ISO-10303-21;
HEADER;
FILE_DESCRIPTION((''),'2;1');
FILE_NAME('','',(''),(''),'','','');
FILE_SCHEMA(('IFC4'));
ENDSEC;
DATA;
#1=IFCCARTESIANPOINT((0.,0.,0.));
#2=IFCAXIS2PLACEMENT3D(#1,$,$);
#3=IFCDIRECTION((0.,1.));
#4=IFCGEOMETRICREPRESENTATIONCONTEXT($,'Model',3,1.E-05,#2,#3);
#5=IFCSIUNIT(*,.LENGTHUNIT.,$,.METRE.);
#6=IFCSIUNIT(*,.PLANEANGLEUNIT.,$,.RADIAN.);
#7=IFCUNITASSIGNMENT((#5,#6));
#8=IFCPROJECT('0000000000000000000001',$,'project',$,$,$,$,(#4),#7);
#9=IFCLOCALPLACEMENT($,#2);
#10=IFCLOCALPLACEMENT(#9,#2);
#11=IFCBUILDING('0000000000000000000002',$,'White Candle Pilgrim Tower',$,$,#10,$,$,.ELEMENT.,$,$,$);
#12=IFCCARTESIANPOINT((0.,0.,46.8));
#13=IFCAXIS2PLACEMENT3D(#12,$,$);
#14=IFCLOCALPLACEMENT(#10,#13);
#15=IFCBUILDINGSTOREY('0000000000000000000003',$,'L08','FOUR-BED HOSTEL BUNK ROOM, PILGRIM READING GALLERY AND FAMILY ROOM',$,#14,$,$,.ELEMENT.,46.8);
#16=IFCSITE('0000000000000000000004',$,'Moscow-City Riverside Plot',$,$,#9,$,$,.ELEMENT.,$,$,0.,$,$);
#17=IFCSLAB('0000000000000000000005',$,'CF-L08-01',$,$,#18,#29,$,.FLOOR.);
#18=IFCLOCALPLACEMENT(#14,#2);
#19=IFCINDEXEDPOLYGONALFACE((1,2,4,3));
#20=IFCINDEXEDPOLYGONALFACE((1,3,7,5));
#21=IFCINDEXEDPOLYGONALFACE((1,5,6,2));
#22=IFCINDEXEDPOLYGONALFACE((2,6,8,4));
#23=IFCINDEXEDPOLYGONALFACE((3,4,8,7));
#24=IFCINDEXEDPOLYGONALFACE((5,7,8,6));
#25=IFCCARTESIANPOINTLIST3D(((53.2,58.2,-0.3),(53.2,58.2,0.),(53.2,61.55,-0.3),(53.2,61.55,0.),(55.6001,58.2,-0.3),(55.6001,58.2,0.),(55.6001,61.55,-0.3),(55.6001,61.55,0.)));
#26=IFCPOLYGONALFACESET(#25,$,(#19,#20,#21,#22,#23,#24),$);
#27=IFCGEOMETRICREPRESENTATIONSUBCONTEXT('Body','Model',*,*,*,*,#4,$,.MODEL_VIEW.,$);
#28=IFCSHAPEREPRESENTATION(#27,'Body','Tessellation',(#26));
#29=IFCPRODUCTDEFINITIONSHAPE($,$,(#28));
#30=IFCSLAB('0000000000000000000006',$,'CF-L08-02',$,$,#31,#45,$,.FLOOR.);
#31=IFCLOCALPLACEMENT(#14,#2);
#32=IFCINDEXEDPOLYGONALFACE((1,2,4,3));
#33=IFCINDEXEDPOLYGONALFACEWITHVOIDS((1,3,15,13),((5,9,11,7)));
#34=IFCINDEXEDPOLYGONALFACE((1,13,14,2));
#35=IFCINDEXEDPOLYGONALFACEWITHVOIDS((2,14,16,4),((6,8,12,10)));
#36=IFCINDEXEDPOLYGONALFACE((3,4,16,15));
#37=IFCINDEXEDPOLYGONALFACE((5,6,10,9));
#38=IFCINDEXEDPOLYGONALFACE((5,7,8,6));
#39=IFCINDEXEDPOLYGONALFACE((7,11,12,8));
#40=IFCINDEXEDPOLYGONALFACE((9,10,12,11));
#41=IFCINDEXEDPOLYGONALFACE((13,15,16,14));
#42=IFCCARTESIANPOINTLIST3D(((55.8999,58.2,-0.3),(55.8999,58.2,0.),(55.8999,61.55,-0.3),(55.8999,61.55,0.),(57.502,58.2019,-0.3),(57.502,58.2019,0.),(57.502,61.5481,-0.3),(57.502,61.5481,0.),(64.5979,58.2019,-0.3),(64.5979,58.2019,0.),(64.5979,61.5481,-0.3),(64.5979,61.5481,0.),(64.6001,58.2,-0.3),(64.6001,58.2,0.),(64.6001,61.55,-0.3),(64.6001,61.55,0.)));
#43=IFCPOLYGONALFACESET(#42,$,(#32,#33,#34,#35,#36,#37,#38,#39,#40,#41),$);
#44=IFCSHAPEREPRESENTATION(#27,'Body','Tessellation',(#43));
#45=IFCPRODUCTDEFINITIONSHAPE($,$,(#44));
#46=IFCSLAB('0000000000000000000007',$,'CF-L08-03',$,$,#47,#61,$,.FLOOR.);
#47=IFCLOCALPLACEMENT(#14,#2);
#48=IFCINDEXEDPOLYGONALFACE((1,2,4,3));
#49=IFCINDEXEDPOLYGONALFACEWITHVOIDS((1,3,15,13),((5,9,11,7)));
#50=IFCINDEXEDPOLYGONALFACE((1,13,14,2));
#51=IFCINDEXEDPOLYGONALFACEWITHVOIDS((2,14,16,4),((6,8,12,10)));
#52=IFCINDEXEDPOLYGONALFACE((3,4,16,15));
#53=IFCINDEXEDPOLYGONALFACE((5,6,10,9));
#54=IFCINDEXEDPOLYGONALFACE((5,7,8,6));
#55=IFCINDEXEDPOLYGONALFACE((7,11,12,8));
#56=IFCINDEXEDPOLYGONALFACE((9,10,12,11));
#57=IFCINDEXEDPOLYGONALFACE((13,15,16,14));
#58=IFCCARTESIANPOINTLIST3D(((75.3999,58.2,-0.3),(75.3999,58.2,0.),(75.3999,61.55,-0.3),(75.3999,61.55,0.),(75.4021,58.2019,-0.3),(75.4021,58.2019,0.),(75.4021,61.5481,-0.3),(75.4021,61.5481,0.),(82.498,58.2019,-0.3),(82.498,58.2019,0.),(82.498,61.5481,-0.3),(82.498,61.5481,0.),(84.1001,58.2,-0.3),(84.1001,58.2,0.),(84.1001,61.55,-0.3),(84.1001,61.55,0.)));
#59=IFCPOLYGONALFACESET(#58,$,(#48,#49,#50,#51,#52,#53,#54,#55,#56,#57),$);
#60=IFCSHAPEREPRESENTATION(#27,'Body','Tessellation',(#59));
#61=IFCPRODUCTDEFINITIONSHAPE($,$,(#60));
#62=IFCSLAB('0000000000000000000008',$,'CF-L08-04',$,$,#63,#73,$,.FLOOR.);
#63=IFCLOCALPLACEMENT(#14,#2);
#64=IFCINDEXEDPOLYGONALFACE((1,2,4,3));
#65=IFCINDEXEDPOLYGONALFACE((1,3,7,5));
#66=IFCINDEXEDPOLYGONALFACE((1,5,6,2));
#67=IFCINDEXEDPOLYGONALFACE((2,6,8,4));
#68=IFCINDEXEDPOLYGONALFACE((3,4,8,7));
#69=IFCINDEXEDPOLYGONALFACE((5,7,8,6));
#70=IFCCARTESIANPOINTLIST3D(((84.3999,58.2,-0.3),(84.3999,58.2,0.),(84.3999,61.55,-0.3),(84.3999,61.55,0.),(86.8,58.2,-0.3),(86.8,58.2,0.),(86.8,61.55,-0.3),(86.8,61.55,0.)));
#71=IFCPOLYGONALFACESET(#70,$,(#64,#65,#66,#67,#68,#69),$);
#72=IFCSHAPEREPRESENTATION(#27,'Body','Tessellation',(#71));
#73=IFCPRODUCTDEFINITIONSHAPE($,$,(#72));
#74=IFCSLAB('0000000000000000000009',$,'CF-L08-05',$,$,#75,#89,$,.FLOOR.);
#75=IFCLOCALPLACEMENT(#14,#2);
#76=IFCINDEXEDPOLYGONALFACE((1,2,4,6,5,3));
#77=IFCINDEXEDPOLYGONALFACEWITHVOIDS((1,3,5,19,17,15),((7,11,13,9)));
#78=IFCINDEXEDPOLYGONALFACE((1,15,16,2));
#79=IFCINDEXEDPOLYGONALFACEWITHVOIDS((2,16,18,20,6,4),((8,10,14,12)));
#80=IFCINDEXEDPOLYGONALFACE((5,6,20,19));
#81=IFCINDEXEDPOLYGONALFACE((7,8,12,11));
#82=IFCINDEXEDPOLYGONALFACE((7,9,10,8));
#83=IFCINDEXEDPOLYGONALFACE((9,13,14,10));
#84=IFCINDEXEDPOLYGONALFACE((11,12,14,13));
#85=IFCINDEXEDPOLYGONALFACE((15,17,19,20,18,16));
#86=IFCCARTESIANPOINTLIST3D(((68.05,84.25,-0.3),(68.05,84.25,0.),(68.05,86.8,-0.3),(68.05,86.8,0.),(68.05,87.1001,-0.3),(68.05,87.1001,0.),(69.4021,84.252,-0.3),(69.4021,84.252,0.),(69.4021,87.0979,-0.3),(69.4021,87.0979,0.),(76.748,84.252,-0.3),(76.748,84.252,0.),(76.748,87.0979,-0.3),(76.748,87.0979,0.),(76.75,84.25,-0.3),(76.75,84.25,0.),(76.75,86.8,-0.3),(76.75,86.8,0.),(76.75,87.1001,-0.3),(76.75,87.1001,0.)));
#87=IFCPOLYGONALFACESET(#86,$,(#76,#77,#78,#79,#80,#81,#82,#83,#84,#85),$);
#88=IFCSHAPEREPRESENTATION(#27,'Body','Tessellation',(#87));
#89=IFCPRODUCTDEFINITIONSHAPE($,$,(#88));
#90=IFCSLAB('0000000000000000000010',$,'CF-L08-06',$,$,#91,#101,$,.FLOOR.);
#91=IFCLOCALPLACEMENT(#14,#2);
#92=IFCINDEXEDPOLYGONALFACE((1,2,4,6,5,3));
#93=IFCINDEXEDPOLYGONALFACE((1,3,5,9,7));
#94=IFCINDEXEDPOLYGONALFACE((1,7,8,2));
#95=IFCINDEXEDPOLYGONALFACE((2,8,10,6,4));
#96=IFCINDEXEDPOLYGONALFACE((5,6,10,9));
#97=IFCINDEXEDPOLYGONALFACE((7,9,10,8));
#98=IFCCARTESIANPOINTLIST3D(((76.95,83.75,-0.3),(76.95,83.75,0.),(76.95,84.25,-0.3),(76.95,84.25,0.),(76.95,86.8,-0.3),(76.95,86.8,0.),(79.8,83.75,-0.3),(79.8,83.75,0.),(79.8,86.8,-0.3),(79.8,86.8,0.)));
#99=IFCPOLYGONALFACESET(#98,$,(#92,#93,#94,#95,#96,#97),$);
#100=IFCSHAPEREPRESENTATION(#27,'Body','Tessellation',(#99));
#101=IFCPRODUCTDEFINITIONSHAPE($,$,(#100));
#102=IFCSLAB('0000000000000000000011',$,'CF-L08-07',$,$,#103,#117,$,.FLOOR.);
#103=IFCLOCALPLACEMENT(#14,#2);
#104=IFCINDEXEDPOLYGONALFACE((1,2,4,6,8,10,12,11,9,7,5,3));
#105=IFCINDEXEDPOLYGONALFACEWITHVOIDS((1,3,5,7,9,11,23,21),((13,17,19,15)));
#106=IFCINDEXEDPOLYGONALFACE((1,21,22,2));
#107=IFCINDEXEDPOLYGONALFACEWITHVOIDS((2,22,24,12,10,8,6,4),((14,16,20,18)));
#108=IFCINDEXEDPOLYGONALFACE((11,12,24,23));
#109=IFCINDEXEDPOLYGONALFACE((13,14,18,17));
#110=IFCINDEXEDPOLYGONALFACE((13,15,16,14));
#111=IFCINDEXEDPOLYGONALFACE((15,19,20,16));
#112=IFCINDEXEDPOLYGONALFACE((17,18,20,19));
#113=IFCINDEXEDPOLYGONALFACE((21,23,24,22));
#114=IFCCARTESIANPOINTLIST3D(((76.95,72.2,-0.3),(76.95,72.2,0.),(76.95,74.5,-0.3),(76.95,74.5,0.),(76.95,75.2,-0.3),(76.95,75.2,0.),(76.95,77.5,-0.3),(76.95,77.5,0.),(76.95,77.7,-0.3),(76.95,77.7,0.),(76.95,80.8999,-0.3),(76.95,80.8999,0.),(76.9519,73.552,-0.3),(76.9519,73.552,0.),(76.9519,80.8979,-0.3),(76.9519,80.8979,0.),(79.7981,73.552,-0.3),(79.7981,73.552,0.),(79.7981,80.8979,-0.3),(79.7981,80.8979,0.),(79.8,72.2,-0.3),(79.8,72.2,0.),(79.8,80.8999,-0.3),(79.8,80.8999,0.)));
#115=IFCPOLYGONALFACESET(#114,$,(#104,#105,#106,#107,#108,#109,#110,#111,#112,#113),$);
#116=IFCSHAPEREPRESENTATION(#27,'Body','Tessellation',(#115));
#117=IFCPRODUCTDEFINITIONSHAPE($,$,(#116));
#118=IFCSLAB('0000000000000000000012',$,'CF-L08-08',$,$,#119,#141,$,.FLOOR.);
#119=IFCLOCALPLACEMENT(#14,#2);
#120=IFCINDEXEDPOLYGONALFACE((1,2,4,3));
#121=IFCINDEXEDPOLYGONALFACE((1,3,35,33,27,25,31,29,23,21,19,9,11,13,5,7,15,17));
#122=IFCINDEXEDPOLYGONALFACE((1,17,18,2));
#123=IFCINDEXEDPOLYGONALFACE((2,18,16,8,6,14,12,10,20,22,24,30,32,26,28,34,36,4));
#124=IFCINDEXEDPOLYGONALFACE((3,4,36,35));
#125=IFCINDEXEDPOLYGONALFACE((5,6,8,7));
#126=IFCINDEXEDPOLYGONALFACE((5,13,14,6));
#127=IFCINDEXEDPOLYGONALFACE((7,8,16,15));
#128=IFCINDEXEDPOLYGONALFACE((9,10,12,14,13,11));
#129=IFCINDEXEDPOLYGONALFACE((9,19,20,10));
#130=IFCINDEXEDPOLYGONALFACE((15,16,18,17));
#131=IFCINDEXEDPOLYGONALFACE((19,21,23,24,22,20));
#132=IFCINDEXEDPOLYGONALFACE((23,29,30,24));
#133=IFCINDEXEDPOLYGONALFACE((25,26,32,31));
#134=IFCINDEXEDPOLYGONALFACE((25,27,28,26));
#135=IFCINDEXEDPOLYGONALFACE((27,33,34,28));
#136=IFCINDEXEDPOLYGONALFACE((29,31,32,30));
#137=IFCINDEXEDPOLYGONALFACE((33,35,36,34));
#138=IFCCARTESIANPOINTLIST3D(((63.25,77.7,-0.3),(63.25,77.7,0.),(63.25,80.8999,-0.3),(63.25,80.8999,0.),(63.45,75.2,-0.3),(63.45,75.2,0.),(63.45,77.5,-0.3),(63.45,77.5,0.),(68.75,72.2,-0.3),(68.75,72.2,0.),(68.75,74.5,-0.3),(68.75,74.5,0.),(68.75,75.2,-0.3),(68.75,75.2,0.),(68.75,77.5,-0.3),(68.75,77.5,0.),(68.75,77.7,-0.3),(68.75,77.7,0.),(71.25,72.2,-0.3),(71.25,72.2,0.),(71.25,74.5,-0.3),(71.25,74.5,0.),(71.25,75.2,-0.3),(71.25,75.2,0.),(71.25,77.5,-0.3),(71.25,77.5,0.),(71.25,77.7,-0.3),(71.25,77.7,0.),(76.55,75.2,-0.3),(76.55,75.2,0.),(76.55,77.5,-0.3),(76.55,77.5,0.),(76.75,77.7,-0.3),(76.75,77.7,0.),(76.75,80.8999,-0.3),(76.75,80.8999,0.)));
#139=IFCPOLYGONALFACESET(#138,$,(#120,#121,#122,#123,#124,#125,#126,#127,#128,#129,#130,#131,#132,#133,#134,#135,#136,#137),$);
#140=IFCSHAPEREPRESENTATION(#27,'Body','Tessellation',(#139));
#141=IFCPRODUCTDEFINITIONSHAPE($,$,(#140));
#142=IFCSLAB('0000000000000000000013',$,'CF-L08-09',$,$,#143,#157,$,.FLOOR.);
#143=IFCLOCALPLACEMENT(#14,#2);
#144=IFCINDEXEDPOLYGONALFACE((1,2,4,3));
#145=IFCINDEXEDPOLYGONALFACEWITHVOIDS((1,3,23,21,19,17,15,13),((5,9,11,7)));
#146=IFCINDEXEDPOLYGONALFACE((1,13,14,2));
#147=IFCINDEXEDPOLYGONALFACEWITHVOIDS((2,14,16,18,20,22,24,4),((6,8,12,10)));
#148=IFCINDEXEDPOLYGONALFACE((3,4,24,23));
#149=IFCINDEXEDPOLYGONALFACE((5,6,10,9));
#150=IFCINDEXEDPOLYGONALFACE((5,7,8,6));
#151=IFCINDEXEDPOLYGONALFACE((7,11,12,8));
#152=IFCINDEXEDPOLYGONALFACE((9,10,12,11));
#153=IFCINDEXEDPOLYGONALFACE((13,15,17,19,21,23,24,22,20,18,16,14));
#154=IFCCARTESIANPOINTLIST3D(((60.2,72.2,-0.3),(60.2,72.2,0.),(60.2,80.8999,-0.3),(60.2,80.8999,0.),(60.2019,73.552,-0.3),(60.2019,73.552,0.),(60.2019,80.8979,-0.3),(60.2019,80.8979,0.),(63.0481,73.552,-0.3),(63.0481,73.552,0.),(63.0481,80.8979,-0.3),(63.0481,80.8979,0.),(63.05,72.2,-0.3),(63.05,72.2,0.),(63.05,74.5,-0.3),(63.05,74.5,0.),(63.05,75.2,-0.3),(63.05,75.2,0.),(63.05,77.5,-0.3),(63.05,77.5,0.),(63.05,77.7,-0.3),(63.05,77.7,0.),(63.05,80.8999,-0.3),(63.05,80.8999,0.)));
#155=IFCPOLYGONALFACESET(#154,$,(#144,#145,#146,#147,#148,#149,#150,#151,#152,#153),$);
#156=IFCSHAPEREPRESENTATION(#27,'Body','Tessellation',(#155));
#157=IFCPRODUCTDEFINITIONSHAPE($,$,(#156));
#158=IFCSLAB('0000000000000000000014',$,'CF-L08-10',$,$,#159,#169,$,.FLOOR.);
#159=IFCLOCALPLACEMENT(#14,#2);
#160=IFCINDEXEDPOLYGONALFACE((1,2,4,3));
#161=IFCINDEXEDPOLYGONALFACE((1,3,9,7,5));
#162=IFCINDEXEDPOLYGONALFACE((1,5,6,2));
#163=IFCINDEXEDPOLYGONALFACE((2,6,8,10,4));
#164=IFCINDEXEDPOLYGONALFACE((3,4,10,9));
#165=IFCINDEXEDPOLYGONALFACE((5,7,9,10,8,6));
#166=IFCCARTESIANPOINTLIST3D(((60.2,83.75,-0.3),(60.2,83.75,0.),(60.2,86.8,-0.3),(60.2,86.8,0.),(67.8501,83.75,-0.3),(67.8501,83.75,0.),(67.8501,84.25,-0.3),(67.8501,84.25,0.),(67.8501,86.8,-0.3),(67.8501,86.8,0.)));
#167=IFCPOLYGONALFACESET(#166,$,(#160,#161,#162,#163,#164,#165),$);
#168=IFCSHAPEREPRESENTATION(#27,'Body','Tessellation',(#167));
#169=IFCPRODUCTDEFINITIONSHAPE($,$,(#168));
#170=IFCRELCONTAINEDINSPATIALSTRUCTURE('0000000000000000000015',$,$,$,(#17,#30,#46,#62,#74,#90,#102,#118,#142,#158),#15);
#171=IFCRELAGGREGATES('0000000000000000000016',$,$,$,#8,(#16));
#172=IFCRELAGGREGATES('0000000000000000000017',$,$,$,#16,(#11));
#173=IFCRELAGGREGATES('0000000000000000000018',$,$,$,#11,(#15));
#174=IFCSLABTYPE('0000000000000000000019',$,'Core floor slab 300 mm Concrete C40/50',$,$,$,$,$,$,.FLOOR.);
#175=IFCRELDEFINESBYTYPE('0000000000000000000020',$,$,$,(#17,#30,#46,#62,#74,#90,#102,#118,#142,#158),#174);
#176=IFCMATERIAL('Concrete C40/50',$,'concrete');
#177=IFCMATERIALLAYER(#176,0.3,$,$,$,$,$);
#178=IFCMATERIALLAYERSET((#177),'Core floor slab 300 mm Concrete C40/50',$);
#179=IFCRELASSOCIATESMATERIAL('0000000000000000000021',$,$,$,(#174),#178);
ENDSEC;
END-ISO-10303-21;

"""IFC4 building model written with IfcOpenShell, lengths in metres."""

from ifc_helpers import new_model, si_unit, direction, frame, origin, place, context, subcontext, project, spatial, polyline, outline, extrude, material, layer, layer_set, type_object, element, save


model = new_model("IFC4")

# Units and contexts
model_context = context("Model", 3, precision=1e-05, world=origin(), true_north=direction((0.0, 1.0)))
body_context = subcontext(model_context, "Body", "Model", "MODEL_VIEW")
ifc_project = project(units=[si_unit("LENGTHUNIT", "METRE"), si_unit("PLANEANGLEUNIT", "RADIAN")], contexts=[model_context])

# Site, building, storey
site_placement = place(None, origin())
site = spatial("IfcSite", under=ifc_project, at=site_placement, Name="Moscow-City Riverside Plot", CompositionType="ELEMENT", RefElevation=0.0)
building_placement = place(site_placement, origin())
building = spatial("IfcBuilding", under=site, at=building_placement, Name="White Candle Pilgrim Tower", CompositionType="ELEMENT")
storey_placement = place(building_placement, frame((0.0, 0.0, 46.8)))
storey = spatial("IfcBuildingStorey", under=building, at=storey_placement, Name="L08", Description="FOUR-BED HOSTEL BUNK ROOM, PILGRIM READING GALLERY AND FAMILY ROOM", CompositionType="ELEMENT", Elevation=46.8)

# Slabs
ifc_material = material(Name="Concrete C40/50", Category="concrete")
ifc_layer_1 = layer(ifc_material, 0.3)
ifc_layer_set_1 = layer_set([ifc_layer_1], Name="Core floor slab 300 mm Concrete C40/50")
slab_type_1 = type_object("IfcSlabType", Name="Core floor slab 300 mm Concrete C40/50", PredefinedType="FLOOR", material=ifc_layer_set_1)
slab_1_placement = place(storey_placement, frame((0.0, 0.0, -0.3)))
element("IfcSlab", 1, at=slab_1_placement, inside=storey, type_object=slab_type_1, Name="CF-L08-01", PredefinedType="FLOOR", context=body_context, shape_type="SweptSolid", body=[
    extrude(outline(polyline([(55.6001, 58.2), (53.2, 58.2), (53.2, 61.55), (55.6001, 61.55), (55.6001, 58.2)])), origin(), (0.0, 0.0, 1.0), 0.3),
])
slab_2_placement = place(storey_placement, frame((0.0, 0.0, -0.3)))
element("IfcSlab", 2, at=slab_2_placement, inside=storey, type_object=slab_type_1, Name="CF-L08-02", PredefinedType="FLOOR", context=body_context, shape_type="SweptSolid", body=[
    extrude(outline(polyline([(55.8999, 58.2), (55.8999, 61.55), (64.6001, 61.55), (64.6001, 58.2), (55.8999, 58.2)]), holes=[polyline([(57.502, 61.5481), (57.502, 58.2019), (64.5979, 58.2019), (64.5979, 61.5481), (57.502, 61.5481)])]), origin(), (0.0, 0.0, 1.0), 0.3),
])
slab_3_placement = place(storey_placement, frame((0.0, 0.0, -0.3)))
element("IfcSlab", 3, at=slab_3_placement, inside=storey, type_object=slab_type_1, Name="CF-L08-03", PredefinedType="FLOOR", context=body_context, shape_type="SweptSolid", body=[
    extrude(outline(polyline([(75.3999, 58.2), (75.3999, 61.55), (84.1001, 61.55), (84.1001, 58.2), (75.3999, 58.2)]), holes=[polyline([(82.498, 58.2019), (82.498, 61.5481), (75.4021, 61.5481), (75.4021, 58.2019), (82.498, 58.2019)])]), origin(), (0.0, 0.0, 1.0), 0.3),
])
slab_4_placement = place(storey_placement, frame((0.0, 0.0, -0.3)))
element("IfcSlab", 4, at=slab_4_placement, inside=storey, type_object=slab_type_1, Name="CF-L08-04", PredefinedType="FLOOR", context=body_context, shape_type="SweptSolid", body=[
    extrude(outline(polyline([(86.8, 58.2), (84.3999, 58.2), (84.3999, 61.55), (86.8, 61.55), (86.8, 58.2)])), origin(), (0.0, 0.0, 1.0), 0.3),
])
slab_5_placement = place(storey_placement, frame((0.0, 0.0, -0.3)))
element("IfcSlab", 5, at=slab_5_placement, inside=storey, type_object=slab_type_1, Name="CF-L08-05", PredefinedType="FLOOR", context=body_context, shape_type="SweptSolid", body=[
    extrude(outline(polyline([(76.75, 87.1001), (76.75, 86.8), (76.75, 84.25), (68.05, 84.25), (68.05, 86.8), (68.05, 87.1001), (76.75, 87.1001)]), holes=[polyline([(69.4021, 87.0979), (69.4021, 84.252), (76.748, 84.252), (76.748, 87.0979), (69.4021, 87.0979)])]), origin(), (0.0, 0.0, 1.0), 0.3),
])
slab_6_placement = place(storey_placement, frame((0.0, 0.0, -0.3)))
element("IfcSlab", 6, at=slab_6_placement, inside=storey, type_object=slab_type_1, Name="CF-L08-06", PredefinedType="FLOOR", context=body_context, shape_type="SweptSolid", body=[
    extrude(outline(polyline([(79.8, 86.8), (79.8, 83.75), (76.95, 83.75), (76.95, 84.25), (76.95, 86.8), (79.8, 86.8)])), origin(), (0.0, 0.0, 1.0), 0.3),
])
slab_7_placement = place(storey_placement, frame((0.0, 0.0, -0.3)))
element("IfcSlab", 7, at=slab_7_placement, inside=storey, type_object=slab_type_1, Name="CF-L08-07", PredefinedType="FLOOR", context=body_context, shape_type="SweptSolid", body=[
    extrude(outline(polyline([(79.8, 72.2), (76.95, 72.2), (76.95, 74.5), (76.95, 75.2), (76.95, 77.5), (76.95, 77.7), (76.95, 80.8999), (79.8, 80.8999), (79.8, 72.2)]), holes=[polyline([(76.9519, 73.552), (79.7981, 73.552), (79.7981, 80.8979), (76.9519, 80.8979), (76.9519, 73.552)])]), origin(), (0.0, 0.0, 1.0), 0.3),
])
slab_8_placement = place(storey_placement, frame((0.0, 0.0, -0.3)))
element("IfcSlab", 8, at=slab_8_placement, inside=storey, type_object=slab_type_1, Name="CF-L08-08", PredefinedType="FLOOR", context=body_context, shape_type="SweptSolid", body=[
    extrude(outline(polyline([(68.75, 72.2), (68.75, 74.5), (68.75, 75.2), (63.45, 75.2), (63.45, 77.5), (68.75, 77.5), (68.75, 77.7), (63.25, 77.7), (63.25, 80.8999), (76.75, 80.8999), (76.75, 77.7), (71.25, 77.7), (71.25, 77.5), (76.55, 77.5), (76.55, 75.2), (71.25, 75.2), (71.25, 74.5), (71.25, 72.2), (68.75, 72.2)])), origin(), (0.0, 0.0, 1.0), 0.3),
])
slab_9_placement = place(storey_placement, frame((0.0, 0.0, -0.3)))
element("IfcSlab", 9, at=slab_9_placement, inside=storey, type_object=slab_type_1, Name="CF-L08-09", PredefinedType="FLOOR", context=body_context, shape_type="SweptSolid", body=[
    extrude(outline(polyline([(60.2, 72.2), (60.2, 80.8999), (63.05, 80.8999), (63.05, 77.7), (63.05, 77.5), (63.05, 75.2), (63.05, 74.5), (63.05, 72.2), (60.2, 72.2)]), holes=[polyline([(60.2019, 73.552), (63.0481, 73.552), (63.0481, 80.8979), (60.2019, 80.8979), (60.2019, 73.552)])]), origin(), (0.0, 0.0, 1.0), 0.3),
])
slab_10_placement = place(storey_placement, frame((0.0, 0.0, -0.3)))
element("IfcSlab", 10, at=slab_10_placement, inside=storey, type_object=slab_type_1, Name="CF-L08-10", PredefinedType="FLOOR", context=body_context, shape_type="SweptSolid", body=[
    extrude(outline(polyline([(60.2, 86.8), (67.8501, 86.8), (67.8501, 84.25), (67.8501, 83.75), (60.2, 83.75), (60.2, 86.8)])), origin(), (0.0, 0.0, 1.0), 0.3),
])

save(model, "model.ifc")
